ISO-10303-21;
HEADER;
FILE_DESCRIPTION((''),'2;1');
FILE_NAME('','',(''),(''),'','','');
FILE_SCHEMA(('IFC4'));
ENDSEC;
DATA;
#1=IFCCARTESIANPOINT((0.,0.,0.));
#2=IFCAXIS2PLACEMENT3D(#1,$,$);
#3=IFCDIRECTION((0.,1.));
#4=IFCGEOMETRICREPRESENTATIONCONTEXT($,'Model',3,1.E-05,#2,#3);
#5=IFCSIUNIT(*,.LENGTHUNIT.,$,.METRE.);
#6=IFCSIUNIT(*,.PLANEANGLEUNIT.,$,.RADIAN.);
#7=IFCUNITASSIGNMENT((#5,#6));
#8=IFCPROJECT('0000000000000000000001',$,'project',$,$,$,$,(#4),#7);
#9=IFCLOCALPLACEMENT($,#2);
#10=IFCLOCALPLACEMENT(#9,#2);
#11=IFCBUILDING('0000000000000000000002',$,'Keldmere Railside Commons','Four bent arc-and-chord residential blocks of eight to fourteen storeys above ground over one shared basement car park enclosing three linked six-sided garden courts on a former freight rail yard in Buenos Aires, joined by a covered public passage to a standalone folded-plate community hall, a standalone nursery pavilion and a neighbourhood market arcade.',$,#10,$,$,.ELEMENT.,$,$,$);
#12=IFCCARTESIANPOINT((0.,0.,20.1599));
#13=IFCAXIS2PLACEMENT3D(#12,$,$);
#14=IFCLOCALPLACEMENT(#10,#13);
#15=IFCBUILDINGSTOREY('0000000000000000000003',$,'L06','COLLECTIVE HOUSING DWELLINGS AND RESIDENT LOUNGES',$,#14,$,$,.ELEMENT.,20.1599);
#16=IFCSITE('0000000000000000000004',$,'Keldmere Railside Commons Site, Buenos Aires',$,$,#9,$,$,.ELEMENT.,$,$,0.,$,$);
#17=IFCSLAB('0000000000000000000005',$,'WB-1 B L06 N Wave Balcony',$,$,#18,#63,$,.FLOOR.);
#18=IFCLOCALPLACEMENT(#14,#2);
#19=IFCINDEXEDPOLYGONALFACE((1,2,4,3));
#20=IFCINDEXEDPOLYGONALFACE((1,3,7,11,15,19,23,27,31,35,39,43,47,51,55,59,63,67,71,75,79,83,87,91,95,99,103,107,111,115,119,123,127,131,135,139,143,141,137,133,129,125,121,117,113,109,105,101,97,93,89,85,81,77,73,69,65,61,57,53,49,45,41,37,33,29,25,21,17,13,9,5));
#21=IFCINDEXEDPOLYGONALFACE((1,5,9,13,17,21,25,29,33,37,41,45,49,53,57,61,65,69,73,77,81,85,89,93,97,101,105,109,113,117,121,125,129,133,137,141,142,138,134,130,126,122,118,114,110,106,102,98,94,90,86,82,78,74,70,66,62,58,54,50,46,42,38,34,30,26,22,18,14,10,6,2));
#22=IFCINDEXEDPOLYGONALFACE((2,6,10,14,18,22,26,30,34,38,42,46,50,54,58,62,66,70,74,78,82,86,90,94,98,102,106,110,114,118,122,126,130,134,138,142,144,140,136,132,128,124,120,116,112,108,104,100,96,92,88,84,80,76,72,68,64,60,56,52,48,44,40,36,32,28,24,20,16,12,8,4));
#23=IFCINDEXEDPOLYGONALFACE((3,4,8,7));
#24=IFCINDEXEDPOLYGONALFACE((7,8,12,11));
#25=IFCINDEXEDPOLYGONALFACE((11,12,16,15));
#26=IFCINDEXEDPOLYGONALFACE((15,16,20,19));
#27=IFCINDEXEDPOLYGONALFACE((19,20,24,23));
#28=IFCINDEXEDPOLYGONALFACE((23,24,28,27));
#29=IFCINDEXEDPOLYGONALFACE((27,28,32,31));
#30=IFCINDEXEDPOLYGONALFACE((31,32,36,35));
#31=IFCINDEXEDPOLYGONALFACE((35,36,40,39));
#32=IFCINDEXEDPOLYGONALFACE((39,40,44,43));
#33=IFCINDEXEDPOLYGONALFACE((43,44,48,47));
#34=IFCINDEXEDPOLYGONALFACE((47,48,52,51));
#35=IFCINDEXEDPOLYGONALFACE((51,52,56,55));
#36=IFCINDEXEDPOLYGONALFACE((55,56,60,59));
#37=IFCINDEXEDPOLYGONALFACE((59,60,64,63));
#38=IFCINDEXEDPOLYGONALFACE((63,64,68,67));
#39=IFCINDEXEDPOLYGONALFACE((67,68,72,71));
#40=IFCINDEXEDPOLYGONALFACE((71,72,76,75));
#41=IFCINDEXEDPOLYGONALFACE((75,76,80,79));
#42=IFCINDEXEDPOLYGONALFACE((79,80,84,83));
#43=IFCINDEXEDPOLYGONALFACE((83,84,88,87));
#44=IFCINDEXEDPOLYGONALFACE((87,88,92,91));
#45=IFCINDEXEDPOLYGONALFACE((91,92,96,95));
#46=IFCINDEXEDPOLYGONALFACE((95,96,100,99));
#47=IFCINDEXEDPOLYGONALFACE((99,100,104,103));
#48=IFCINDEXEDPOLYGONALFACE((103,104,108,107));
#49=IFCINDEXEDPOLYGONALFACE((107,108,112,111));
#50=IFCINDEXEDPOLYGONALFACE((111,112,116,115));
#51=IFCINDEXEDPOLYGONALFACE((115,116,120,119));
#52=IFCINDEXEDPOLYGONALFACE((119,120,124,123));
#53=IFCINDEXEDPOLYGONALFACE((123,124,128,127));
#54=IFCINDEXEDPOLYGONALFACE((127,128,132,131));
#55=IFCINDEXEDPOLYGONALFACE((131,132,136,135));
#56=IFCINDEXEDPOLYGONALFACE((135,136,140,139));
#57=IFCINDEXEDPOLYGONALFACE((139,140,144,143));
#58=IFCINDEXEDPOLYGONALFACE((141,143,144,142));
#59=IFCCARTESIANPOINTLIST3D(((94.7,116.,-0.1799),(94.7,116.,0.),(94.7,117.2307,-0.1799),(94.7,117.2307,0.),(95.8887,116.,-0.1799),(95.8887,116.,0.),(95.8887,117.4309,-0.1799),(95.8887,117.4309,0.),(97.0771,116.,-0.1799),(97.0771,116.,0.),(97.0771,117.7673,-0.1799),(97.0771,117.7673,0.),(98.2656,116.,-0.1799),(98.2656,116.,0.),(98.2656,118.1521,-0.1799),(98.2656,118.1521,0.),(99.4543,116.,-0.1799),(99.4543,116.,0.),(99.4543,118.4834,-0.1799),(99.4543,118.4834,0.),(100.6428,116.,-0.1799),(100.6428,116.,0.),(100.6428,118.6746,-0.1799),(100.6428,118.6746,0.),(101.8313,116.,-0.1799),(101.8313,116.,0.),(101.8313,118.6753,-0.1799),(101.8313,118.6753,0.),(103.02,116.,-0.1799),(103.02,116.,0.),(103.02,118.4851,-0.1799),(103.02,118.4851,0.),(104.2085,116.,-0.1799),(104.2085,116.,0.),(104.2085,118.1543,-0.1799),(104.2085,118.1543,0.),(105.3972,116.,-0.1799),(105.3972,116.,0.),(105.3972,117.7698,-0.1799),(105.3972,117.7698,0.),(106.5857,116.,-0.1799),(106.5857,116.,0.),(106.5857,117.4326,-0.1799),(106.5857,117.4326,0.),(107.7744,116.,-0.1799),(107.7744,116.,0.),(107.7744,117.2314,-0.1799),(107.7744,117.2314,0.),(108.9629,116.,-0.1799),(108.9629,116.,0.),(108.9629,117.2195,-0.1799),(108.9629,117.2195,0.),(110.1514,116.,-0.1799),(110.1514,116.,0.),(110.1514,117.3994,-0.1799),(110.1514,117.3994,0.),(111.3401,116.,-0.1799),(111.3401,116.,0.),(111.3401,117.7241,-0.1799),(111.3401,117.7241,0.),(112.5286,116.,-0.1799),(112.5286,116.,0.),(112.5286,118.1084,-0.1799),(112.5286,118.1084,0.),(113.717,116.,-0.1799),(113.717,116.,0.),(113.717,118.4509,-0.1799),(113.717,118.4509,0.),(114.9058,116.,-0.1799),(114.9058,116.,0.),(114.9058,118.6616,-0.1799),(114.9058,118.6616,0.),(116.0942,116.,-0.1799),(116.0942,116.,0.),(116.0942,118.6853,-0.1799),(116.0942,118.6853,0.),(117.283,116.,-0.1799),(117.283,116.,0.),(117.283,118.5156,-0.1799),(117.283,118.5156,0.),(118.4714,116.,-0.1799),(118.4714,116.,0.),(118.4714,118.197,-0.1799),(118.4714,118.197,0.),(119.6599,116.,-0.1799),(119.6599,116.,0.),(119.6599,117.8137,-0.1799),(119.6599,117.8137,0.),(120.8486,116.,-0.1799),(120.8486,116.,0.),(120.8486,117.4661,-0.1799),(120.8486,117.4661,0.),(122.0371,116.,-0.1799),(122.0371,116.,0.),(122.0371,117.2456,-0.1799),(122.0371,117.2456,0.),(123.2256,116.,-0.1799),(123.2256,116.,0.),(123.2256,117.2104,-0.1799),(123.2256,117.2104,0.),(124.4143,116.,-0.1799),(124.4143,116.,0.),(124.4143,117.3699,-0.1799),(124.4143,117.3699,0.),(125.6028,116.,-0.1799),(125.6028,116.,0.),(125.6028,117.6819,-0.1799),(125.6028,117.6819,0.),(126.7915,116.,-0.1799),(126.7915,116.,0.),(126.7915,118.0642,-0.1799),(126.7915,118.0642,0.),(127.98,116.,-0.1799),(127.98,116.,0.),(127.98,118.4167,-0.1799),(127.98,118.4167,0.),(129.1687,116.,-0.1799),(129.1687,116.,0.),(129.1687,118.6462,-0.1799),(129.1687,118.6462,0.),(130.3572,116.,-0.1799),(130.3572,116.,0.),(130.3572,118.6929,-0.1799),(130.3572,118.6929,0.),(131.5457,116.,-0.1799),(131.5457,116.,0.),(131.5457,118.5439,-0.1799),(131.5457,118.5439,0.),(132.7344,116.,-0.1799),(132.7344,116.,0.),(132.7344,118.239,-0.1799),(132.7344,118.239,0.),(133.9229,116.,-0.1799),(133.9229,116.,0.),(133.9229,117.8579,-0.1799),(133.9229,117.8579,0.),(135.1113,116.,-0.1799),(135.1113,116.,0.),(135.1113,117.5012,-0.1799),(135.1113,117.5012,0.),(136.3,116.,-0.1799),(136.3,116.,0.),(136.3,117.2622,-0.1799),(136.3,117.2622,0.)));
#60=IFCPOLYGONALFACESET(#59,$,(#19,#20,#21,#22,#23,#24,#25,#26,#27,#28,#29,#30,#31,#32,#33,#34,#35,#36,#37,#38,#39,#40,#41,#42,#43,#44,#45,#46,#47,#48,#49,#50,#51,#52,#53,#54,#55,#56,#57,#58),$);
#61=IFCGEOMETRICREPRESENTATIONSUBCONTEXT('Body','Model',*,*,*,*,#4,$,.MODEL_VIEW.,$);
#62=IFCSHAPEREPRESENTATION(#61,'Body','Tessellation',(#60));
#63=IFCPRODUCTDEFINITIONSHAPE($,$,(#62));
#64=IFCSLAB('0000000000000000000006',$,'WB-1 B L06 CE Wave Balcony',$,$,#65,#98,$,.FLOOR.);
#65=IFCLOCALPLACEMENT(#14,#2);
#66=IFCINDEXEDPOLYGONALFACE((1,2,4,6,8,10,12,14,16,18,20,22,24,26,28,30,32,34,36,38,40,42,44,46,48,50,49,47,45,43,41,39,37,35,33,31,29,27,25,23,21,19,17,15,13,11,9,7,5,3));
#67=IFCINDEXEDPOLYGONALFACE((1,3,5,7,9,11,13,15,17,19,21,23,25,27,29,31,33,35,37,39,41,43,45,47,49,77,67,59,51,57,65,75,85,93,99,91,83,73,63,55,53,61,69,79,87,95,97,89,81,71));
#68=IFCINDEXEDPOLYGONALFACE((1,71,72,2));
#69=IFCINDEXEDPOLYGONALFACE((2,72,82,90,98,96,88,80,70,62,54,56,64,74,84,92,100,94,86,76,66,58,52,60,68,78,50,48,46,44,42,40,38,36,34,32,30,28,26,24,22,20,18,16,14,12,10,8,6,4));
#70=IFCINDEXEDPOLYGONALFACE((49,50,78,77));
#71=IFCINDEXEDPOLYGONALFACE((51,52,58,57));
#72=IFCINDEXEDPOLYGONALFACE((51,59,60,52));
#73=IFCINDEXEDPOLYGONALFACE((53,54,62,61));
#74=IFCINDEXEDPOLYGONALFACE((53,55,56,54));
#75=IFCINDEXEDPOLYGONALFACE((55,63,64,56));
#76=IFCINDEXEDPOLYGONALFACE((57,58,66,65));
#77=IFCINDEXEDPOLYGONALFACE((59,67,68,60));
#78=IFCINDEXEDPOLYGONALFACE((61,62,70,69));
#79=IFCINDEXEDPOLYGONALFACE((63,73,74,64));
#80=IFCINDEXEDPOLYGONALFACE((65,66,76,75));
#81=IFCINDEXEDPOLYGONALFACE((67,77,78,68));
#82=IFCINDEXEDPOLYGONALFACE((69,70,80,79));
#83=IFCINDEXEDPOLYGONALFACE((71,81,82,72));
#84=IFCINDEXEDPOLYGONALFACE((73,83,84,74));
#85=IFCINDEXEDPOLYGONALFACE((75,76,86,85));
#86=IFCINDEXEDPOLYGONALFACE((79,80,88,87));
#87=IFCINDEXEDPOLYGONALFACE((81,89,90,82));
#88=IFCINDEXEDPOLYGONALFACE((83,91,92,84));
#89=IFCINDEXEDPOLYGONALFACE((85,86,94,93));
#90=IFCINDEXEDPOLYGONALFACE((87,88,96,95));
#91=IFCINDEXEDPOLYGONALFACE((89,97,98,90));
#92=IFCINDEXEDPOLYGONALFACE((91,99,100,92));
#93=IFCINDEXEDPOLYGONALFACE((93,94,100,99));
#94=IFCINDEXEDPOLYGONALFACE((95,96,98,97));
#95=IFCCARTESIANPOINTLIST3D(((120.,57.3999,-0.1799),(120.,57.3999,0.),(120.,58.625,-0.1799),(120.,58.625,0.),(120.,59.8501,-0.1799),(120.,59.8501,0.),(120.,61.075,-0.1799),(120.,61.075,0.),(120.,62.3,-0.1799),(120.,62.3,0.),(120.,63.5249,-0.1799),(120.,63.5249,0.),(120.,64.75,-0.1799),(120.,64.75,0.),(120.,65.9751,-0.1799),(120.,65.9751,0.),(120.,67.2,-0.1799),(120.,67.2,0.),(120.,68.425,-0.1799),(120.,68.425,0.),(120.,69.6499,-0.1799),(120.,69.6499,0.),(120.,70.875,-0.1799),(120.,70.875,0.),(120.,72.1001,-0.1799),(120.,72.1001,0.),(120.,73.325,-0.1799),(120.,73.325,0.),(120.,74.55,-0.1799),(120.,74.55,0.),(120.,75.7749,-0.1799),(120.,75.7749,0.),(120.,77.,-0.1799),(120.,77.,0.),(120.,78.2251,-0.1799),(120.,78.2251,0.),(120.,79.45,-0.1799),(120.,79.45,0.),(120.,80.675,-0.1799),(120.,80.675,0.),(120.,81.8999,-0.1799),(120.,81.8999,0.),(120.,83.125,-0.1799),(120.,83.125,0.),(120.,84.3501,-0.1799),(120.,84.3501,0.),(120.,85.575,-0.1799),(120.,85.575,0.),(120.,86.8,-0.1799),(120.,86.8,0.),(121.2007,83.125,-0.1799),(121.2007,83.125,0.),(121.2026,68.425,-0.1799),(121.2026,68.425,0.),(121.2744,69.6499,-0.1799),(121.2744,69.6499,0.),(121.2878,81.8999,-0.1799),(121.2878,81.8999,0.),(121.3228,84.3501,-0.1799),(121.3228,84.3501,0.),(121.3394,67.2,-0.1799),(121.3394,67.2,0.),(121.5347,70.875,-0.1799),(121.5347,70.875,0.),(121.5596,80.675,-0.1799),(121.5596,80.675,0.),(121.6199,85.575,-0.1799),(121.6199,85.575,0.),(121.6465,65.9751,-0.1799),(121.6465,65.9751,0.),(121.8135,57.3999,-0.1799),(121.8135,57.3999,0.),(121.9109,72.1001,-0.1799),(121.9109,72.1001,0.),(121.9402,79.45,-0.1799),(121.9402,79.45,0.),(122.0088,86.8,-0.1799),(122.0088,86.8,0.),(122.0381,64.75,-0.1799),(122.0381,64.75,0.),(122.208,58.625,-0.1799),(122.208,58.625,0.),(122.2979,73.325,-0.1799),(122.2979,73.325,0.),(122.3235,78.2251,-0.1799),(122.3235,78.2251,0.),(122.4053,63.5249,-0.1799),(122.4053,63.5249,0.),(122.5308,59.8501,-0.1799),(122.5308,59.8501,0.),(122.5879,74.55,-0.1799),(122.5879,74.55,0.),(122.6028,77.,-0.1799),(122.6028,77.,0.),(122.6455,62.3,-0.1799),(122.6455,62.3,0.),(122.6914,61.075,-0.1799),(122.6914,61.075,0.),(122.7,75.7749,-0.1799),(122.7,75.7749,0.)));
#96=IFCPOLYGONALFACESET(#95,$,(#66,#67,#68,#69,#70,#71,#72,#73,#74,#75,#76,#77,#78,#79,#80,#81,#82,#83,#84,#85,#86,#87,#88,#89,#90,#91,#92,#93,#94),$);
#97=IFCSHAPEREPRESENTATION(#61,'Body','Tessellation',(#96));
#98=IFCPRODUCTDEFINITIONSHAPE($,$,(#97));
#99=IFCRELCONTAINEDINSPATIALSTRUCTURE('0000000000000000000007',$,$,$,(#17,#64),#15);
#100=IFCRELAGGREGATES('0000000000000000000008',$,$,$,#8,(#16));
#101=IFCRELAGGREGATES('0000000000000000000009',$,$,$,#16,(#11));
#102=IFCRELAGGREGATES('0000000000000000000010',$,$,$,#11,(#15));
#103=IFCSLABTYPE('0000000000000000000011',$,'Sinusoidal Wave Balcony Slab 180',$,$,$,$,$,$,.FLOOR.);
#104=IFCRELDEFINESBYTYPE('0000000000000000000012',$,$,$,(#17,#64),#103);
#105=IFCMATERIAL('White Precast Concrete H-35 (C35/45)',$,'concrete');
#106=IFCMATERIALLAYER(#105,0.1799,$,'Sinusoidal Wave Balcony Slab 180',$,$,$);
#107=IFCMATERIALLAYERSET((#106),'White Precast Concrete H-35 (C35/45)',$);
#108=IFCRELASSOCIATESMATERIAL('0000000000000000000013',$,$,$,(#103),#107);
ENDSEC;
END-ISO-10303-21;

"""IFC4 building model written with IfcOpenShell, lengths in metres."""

from ifc_helpers import new_model, si_unit, direction, frame, origin, place, context, subcontext, project, spatial, polyline, outline, extrude, material, layer, layer_set, type_object, element, save


model = new_model("IFC4")

# Units and contexts
model_context = context("Model", 3, precision=1e-05, world=origin(), true_north=direction((0.0, 1.0)))
body_context = subcontext(model_context, "Body", "Model", "MODEL_VIEW")
ifc_project = project(units=[si_unit("LENGTHUNIT", "METRE"), si_unit("PLANEANGLEUNIT", "RADIAN")], contexts=[model_context])

# Site, building, storey
site_placement = place(None, origin())
site = spatial("IfcSite", under=ifc_project, at=site_placement, Name="Keldmere Railside Commons Site, Buenos Aires", CompositionType="ELEMENT", RefElevation=0.0)
building_placement = place(site_placement, origin())
building = spatial("IfcBuilding", under=site, at=building_placement, Name="Keldmere Railside Commons", Description="Four bent arc-and-chord residential blocks of eight to fourteen storeys above ground over one shared basement car park enclosing three linked six-sided garden courts on a former freight rail yard in Buenos Aires, joined by a covered public passage to a standalone folded-plate community hall, a standalone nursery pavilion and a neighbourhood market arcade.", CompositionType="ELEMENT")
storey_placement = place(building_placement, frame((0.0, 0.0, 20.1599)))
storey = spatial("IfcBuildingStorey", under=building, at=storey_placement, Name="L06", Description="COLLECTIVE HOUSING DWELLINGS AND RESIDENT LOUNGES", CompositionType="ELEMENT", Elevation=20.1599)

# Slabs
ifc_material_1 = material(Name="White Precast Concrete H-35 (C35/45)", Category="concrete")
ifc_layer_1 = layer(ifc_material_1, 0.1799, Name="Sinusoidal Wave Balcony Slab 180")
ifc_layer_set_1 = layer_set([ifc_layer_1], Name="White Precast Concrete H-35 (C35/45)")
slab_type_1 = type_object("IfcSlabType", Name="Sinusoidal Wave Balcony Slab 180", PredefinedType="FLOOR", material=ifc_layer_set_1)
slab_1_placement = place(storey_placement, frame((0.0, 0.0, -0.1799)))
element("IfcSlab", 1, at=slab_1_placement, inside=storey, type_object=slab_type_1, Name="WB-1 B L06 N Wave Balcony", PredefinedType="FLOOR", context=body_context, shape_type="SweptSolid", body=[
    extrude(outline(polyline([(94.7, 116.0), (95.8887, 116.0), (97.0771, 116.0), (98.2656, 116.0), (99.4543, 116.0), (100.6428, 116.0), (101.8313, 116.0), (103.02, 116.0), (104.2085, 116.0), (105.3972, 116.0), (106.5857, 116.0), (107.7744, 116.0), (108.9629, 116.0), (110.1514, 116.0), (111.3401, 116.0), (112.5286, 116.0), (113.717, 116.0), (114.9058, 116.0), (116.0942, 116.0), (117.283, 116.0), (118.4714, 116.0), (119.6599, 116.0), (120.8486, 116.0), (122.0371, 116.0), (123.2256, 116.0), (124.4143, 116.0), (125.6028, 116.0), (126.7915, 116.0), (127.98, 116.0), (129.1687, 116.0), (130.3572, 116.0), (131.5457, 116.0), (132.7344, 116.0), (133.9229, 116.0), (135.1113, 116.0), (136.3, 116.0), (136.3, 117.2622), (135.1113, 117.5012), (133.9229, 117.8579), (132.7344, 118.239), (131.5457, 118.5439), (130.3572, 118.6929), (129.1687, 118.6462), (127.98, 118.4167), (126.7915, 118.0642), (125.6028, 117.6819), (124.4143, 117.3699), (123.2256, 117.2104), (122.0371, 117.2456), (120.8486, 117.4661), (119.6599, 117.8137), (118.4714, 118.197), (117.283, 118.5156), (116.0942, 118.6853), (114.9058, 118.6616), (113.717, 118.4509), (112.5286, 118.1084), (111.3401, 117.7241), (110.1514, 117.3994), (108.9629, 117.2195), (107.7744, 117.2314), (106.5857, 117.4326), (105.3972, 117.7698), (104.2085, 118.1543), (103.02, 118.4851), (101.8313, 118.6753), (100.6428, 118.6746), (99.4543, 118.4834), (98.2656, 118.1521), (97.0771, 117.7673), (95.8887, 117.4309), (94.7, 117.2307), (94.7, 116.0)])), origin(), (0.0, 0.0, 1.0), 0.1799),
])
slab_2_placement = place(storey_placement, frame((0.0, 0.0, -0.1799)))
element("IfcSlab", 2, at=slab_2_placement, inside=storey, type_object=slab_type_1, Name="WB-1 B L06 CE Wave Balcony", PredefinedType="FLOOR", context=body_context, shape_type="SweptSolid", body=[
    extrude(outline(polyline([(121.8135, 57.3999), (122.208, 58.625), (122.5308, 59.8501), (122.6914, 61.075), (122.6455, 62.3), (122.4053, 63.5249), (122.0381, 64.75), (121.6465, 65.9751), (121.3394, 67.2), (121.2026, 68.425), (121.2744, 69.6499), (121.5347, 70.875), (121.9109, 72.1001), (122.2979, 73.325), (122.5879, 74.55), (122.7, 75.7749), (122.6028, 77.0), (122.3235, 78.2251), (121.9402, 79.45), (121.5596, 80.675), (121.2878, 81.8999), (121.2007, 83.125), (121.3228, 84.3501), (121.6199, 85.575), (122.0088, 86.8), (120.0, 86.8), (120.0, 85.575), (120.0, 84.3501), (120.0, 83.125), (120.0, 81.8999), (120.0, 80.675), (120.0, 79.45), (120.0, 78.2251), (120.0, 77.0), (120.0, 75.7749), (120.0, 74.55), (120.0, 73.325), (120.0, 72.1001), (120.0, 70.875), (120.0, 69.6499), (120.0, 68.425), (120.0, 67.2), (120.0, 65.9751), (120.0, 64.75), (120.0, 63.5249), (120.0, 62.3), (120.0, 61.075), (120.0, 59.8501), (120.0, 58.625), (120.0, 57.3999), (121.8135, 57.3999)])), origin(), (0.0, 0.0, 1.0), 0.1799),
])

save(model, "model.ifc")
